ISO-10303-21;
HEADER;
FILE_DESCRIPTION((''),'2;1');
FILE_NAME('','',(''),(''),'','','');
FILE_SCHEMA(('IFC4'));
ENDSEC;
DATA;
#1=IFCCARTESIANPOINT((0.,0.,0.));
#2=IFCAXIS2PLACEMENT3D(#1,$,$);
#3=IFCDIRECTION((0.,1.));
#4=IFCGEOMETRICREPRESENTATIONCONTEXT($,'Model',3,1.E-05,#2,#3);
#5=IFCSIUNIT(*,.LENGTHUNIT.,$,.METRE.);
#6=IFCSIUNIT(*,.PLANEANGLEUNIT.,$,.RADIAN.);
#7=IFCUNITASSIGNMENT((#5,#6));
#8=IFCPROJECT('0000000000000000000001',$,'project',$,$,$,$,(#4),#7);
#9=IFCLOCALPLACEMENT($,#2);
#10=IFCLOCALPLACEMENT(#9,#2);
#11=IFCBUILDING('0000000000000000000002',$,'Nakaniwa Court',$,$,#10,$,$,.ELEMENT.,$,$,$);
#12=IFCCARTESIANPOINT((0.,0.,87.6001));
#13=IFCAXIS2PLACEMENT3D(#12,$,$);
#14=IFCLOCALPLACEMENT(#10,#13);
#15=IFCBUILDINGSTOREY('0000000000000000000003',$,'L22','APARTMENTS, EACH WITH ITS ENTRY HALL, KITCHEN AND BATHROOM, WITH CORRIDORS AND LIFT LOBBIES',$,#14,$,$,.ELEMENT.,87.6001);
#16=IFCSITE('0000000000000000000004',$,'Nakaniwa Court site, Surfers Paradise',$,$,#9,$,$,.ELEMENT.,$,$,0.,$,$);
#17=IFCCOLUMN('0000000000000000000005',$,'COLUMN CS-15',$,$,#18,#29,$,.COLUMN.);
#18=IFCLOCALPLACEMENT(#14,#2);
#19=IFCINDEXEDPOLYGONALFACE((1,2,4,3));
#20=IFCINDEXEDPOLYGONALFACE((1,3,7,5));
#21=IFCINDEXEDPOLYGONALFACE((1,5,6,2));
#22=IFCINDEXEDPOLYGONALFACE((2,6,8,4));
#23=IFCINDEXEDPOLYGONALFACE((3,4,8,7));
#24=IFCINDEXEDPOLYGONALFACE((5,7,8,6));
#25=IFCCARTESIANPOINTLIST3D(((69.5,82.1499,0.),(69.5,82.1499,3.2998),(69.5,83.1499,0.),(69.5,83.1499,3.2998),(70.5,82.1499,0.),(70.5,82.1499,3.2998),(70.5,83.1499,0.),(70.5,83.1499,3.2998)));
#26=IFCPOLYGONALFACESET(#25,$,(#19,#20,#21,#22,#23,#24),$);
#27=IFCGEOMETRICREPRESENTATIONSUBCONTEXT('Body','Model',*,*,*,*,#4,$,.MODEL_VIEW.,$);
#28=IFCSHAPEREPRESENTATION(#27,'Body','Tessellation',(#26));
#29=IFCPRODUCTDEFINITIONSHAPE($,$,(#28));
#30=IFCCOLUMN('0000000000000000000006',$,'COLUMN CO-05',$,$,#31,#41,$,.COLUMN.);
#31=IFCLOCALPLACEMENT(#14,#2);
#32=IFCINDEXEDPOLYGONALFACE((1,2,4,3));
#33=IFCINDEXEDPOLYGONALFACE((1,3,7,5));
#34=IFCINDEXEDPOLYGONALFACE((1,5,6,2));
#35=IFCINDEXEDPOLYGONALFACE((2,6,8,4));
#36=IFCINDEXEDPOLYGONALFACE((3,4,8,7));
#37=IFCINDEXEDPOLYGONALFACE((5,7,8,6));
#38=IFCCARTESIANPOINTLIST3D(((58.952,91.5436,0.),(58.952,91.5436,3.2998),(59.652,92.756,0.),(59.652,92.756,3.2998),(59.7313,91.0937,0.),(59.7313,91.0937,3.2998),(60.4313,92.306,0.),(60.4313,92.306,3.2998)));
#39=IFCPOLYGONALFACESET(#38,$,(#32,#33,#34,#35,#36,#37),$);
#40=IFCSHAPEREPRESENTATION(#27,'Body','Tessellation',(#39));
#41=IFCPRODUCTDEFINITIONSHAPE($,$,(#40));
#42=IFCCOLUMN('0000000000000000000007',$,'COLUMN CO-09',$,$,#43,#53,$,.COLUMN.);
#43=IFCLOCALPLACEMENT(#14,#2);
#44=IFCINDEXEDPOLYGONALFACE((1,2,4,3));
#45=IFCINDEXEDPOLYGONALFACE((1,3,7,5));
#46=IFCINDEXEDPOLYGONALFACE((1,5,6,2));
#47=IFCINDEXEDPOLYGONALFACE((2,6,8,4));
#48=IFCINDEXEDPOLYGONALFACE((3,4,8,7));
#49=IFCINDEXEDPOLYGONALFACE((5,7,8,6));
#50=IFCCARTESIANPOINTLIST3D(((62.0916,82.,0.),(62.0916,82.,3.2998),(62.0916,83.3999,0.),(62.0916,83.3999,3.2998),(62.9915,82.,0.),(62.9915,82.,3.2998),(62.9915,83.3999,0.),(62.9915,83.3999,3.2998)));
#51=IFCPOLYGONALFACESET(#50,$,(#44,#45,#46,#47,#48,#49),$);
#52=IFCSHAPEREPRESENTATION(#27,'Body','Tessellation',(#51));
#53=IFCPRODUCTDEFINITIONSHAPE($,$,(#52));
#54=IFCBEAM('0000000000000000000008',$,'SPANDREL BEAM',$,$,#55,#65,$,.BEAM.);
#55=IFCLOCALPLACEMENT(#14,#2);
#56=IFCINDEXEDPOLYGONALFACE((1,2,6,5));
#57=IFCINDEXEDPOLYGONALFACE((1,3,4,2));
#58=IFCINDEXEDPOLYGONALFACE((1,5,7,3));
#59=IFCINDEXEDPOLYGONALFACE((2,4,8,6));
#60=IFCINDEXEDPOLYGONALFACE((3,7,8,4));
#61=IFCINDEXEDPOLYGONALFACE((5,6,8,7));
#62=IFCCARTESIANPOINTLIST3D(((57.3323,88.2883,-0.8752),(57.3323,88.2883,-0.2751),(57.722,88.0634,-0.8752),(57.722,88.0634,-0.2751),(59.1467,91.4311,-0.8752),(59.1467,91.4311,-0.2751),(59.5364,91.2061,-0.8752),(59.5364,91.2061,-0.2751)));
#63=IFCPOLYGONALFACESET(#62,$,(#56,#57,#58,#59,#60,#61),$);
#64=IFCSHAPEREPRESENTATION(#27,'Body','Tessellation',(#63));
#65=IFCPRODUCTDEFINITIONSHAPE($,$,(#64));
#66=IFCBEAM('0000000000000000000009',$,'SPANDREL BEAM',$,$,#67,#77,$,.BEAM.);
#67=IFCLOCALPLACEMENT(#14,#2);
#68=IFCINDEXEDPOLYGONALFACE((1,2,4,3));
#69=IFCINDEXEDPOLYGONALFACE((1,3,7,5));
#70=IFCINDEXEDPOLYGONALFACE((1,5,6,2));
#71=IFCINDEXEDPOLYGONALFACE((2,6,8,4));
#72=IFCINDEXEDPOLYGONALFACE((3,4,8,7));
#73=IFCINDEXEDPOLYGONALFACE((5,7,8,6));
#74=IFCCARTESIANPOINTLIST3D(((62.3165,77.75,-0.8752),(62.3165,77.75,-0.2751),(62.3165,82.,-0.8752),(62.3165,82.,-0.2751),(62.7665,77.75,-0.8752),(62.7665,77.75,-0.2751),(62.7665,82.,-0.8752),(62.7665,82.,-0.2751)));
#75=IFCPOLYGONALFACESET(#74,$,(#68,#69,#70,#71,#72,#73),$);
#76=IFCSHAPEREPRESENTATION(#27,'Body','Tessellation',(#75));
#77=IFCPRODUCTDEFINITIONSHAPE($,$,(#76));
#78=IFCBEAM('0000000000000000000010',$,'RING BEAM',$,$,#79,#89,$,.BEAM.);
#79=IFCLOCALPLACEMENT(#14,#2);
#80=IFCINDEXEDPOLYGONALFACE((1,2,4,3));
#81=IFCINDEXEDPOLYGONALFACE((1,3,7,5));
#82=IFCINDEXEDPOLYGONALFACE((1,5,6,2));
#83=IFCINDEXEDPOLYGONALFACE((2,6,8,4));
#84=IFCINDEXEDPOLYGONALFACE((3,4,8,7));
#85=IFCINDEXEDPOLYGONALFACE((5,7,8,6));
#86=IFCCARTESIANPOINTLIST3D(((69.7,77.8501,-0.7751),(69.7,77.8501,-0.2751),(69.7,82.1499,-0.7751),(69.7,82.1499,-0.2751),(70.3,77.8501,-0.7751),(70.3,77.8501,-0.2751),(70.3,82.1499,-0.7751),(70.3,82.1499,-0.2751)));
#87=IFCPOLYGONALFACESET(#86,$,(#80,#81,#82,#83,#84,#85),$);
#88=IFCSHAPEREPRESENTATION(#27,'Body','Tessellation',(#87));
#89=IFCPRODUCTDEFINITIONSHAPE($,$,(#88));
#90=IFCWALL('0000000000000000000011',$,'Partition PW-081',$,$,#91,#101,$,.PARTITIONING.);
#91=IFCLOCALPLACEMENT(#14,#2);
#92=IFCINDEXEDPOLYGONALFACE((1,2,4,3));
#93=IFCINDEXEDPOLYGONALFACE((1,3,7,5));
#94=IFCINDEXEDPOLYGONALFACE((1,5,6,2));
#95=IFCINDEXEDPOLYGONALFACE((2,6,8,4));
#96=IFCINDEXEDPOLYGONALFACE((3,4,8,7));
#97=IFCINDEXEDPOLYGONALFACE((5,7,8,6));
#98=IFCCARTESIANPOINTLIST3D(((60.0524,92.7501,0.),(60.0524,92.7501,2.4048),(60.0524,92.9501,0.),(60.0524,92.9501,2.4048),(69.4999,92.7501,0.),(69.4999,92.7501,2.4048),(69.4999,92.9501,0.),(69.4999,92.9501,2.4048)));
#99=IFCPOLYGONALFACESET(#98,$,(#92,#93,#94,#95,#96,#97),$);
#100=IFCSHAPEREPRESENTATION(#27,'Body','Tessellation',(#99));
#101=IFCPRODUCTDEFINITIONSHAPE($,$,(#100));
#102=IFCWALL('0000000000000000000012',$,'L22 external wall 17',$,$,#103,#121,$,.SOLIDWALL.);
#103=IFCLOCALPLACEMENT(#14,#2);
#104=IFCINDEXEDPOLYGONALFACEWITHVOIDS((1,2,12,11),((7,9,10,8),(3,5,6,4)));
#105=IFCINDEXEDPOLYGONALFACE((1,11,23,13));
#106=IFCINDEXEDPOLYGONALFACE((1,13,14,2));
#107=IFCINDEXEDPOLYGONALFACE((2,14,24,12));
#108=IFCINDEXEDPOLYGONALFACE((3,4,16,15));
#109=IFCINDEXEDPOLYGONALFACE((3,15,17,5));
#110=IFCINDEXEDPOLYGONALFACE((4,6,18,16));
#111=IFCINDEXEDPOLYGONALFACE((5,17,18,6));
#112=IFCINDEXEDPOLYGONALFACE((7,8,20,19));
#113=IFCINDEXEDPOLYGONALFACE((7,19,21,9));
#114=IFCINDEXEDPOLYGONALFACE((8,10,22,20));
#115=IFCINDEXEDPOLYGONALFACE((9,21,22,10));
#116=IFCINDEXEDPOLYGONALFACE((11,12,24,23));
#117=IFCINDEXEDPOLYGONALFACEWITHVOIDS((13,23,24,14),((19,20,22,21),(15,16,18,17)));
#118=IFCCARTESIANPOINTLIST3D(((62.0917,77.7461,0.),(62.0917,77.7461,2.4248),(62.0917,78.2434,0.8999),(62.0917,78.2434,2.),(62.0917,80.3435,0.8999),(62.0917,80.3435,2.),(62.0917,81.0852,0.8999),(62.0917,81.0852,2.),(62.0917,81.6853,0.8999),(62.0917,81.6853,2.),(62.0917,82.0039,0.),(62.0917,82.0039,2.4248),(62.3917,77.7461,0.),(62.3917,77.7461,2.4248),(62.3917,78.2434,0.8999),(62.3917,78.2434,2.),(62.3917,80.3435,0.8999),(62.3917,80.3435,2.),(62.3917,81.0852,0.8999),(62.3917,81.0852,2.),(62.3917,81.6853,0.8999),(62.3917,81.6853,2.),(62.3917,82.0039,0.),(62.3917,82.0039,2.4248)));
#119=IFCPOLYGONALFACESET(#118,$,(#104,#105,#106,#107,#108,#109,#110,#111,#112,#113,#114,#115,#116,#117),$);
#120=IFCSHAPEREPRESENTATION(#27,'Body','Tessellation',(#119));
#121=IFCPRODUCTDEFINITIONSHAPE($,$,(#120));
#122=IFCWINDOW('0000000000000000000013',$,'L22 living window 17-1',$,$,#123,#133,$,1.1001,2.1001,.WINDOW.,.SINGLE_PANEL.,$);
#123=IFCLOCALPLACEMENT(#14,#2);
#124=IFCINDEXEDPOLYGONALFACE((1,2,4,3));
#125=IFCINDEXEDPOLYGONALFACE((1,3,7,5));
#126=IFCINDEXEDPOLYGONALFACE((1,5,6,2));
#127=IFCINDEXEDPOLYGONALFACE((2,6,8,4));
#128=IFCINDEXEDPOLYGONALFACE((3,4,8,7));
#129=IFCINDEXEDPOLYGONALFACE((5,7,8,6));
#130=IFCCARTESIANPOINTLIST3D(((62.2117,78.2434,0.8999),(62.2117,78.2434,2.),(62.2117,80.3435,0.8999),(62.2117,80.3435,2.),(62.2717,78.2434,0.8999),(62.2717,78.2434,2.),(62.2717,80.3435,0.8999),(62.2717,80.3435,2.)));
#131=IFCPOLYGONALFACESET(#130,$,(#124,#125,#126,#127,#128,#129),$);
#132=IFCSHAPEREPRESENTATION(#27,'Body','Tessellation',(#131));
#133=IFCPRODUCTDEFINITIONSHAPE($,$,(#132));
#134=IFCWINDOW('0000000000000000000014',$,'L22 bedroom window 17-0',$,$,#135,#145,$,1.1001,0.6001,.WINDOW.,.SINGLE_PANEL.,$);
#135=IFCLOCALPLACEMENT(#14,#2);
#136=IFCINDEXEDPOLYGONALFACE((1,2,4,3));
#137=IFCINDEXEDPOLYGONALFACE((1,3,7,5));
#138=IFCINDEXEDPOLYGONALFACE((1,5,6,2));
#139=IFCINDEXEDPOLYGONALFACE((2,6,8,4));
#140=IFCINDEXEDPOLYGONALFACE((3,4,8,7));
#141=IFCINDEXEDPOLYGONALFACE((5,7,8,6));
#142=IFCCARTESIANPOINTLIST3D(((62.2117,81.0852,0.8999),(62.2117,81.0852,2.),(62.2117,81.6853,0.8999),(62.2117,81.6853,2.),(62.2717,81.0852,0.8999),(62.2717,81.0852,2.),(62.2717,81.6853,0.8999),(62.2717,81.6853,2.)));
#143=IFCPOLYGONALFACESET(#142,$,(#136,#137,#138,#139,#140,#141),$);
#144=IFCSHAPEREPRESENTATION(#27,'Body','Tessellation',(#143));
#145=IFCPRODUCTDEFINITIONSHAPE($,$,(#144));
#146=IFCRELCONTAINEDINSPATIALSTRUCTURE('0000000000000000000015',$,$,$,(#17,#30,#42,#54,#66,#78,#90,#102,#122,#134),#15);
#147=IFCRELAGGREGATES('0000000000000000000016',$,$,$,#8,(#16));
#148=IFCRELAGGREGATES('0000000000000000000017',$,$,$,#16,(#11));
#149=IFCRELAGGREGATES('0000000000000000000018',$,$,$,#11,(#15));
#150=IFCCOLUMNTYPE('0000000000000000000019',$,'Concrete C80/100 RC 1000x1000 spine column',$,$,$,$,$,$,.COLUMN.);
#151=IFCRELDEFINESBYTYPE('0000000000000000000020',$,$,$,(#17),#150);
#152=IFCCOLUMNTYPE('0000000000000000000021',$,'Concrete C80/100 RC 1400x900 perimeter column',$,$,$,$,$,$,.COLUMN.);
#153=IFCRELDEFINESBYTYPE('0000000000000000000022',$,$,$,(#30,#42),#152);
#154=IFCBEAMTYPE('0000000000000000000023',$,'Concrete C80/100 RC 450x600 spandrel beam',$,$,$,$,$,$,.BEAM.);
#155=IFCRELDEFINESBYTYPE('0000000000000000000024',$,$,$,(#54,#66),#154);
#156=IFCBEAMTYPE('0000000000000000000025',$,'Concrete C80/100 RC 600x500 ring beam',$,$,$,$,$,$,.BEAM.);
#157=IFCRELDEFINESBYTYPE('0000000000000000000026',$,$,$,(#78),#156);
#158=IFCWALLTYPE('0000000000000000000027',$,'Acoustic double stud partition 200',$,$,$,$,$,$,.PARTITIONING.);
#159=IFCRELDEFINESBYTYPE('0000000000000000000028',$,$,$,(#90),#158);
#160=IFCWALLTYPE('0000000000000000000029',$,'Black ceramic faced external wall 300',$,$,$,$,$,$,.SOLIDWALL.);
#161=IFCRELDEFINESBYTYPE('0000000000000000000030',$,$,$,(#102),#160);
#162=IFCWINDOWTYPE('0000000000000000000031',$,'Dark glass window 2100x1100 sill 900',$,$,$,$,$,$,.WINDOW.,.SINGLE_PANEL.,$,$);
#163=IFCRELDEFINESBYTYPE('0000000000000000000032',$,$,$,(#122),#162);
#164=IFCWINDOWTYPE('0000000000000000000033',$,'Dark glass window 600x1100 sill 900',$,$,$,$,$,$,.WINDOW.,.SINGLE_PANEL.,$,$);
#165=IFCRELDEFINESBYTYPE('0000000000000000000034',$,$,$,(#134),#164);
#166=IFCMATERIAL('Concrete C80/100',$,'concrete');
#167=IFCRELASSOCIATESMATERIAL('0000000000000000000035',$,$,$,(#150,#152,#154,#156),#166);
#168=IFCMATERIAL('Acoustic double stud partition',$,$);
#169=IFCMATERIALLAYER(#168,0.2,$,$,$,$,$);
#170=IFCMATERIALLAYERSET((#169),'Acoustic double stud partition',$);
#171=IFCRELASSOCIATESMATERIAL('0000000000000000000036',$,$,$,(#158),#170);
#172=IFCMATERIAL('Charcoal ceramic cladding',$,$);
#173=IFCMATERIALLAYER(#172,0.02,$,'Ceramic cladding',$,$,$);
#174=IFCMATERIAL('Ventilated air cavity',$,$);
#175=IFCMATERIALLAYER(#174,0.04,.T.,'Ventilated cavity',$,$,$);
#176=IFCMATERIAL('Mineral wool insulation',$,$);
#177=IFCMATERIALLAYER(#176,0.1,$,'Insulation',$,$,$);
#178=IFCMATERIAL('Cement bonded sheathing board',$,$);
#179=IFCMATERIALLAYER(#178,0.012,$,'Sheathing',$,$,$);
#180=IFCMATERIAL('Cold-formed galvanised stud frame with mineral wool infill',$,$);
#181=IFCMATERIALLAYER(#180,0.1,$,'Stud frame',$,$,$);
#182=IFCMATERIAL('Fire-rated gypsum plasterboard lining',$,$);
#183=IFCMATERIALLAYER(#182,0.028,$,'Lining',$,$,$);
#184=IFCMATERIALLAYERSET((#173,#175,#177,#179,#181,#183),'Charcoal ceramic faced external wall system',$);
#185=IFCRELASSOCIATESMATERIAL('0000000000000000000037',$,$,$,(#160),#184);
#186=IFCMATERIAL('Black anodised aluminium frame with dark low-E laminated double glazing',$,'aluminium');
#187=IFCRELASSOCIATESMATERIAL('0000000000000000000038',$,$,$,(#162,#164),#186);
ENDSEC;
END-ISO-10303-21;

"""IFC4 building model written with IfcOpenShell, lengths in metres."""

from ifc_helpers import new_model, si_unit, direction, frame, frame_2d, origin, origin_2d, place, context, subcontext, project, spatial, rectangle, extrude, material, layer, layer_set, material_profile, profile_set, type_object, element, fill, save


model = new_model("IFC4")

# Units and contexts
model_context = context("Model", 3, precision=1e-05, world=origin(), true_north=direction((0.0, 1.0)))
body_context = subcontext(model_context, "Body", "Model", "MODEL_VIEW")
ifc_project = project(units=[si_unit("LENGTHUNIT", "METRE"), si_unit("PLANEANGLEUNIT", "RADIAN")], contexts=[model_context])

# Site, building, storey
site_placement = place(None, origin())
site = spatial("IfcSite", under=ifc_project, at=site_placement, Name="Nakaniwa Court site, Surfers Paradise", CompositionType="ELEMENT", RefElevation=0.0)
building_placement = place(site_placement, origin())
building = spatial("IfcBuilding", under=site, at=building_placement, Name="Nakaniwa Court", CompositionType="ELEMENT")
storey_placement = place(building_placement, frame((0.0, 0.0, 87.6001)))
storey = spatial("IfcBuildingStorey", under=building, at=storey_placement, Name="L22", Description="APARTMENTS, EACH WITH ITS ENTRY HALL, KITCHEN AND BATHROOM, WITH CORRIDORS AND LIFT LOBBIES", CompositionType="ELEMENT", Elevation=87.6001)

# Columns
ifc_material_1 = material(Name="Concrete C80/100", Category="concrete")
ifc_material_profile_1 = material_profile(ifc_material_1, rectangle(XDim=1.0, YDim=1.0, at=origin_2d()), Name="Concrete C80/100 RC 1000x1000 spine column")
ifc_profile_set_1 = profile_set([ifc_material_profile_1], Name="Concrete C80/100")
column_type_1 = type_object("IfcColumnType", Name="Concrete C80/100 RC 1000x1000 spine column", PredefinedType="COLUMN", material=ifc_profile_set_1)
column_placement = place(storey_placement, frame((70.0, 82.6499, 0.0), z_axis=(0.0, 0.0, 1.0), x_axis=(0.0, -1.0, 0.0)))
element("IfcColumn", 1, at=column_placement, inside=storey, type_object=column_type_1, Name="COLUMN CS-15", PredefinedType="COLUMN", context=body_context, shape_type="SweptSolid", body=[
    extrude(rectangle(XDim=1.0, YDim=1.0, at=origin_2d()), origin(), (0.0, 0.0, 1.0), 3.2998),
])
ifc_material_profile_2 = material_profile(ifc_material_1, rectangle(XDim=1.3999, YDim=0.8999, at=origin_2d()), Name="Concrete C80/100 RC 1400x900 perimeter column")
ifc_profile_set_2 = profile_set([ifc_material_profile_2], Name="Concrete C80/100")
column_type_2 = type_object("IfcColumnType", Name="Concrete C80/100 RC 1400x900 perimeter column", PredefinedType="COLUMN", material=ifc_profile_set_2)
for number, where, z_axis, x_axis, name in (
    (2, (59.6917, 91.9248, 0.0), (0.0, 0.0, 1.0), (-0.5, -0.866025, 0.0), "COLUMN CO-05"),
    (3, (62.5415, 82.7, 0.0), (0.0, 0.0, 1.0), (0.0, -1.0, 0.0), "COLUMN CO-09"),
):
    element("IfcColumn", number, at=place(storey_placement, frame(where, z_axis=z_axis, x_axis=x_axis)), inside=storey, type_object=column_type_2, Name=name, PredefinedType="COLUMN", context=body_context, shape_type="SweptSolid", body=[
        extrude(rectangle(XDim=1.3999, YDim=0.8999, at=origin_2d()), origin(), (0.0, 0.0, 1.0), 3.2998),
    ])

# Beams
ifc_material_profile_3 = material_profile(ifc_material_1, rectangle(XDim=0.45, YDim=0.6001, at=origin_2d()), Name="Concrete C80/100 RC 450x600 spandrel beam")
ifc_profile_set_3 = profile_set([ifc_material_profile_3], Name="Concrete C80/100")
beam_type_1 = type_object("IfcBeamType", Name="Concrete C80/100 RC 450x600 spandrel beam", PredefinedType="BEAM", material=ifc_profile_set_3)
beam_1_placement = place(storey_placement, frame((59.3416, 91.3186, -0.5752), z_axis=(-0.499988, -0.866032, 0.0), x_axis=(0.866032, -0.499988, 0.0)))
element("IfcBeam", 4, at=beam_1_placement, inside=storey, type_object=beam_type_1, Name="SPANDREL BEAM", PredefinedType="BEAM", context=body_context, shape_type="SweptSolid", body=[
    extrude(rectangle(XDim=0.45, YDim=0.6001, at=origin_2d()), origin(), (0.0, 0.0, 1.0), 3.6289),
])
beam_2_placement = place(storey_placement, frame((62.5415, 82.0, -0.5752), z_axis=(0.0, -1.0, 0.0), x_axis=(1.0, 0.0, 0.0)))
element("IfcBeam", 5, at=beam_2_placement, inside=storey, type_object=beam_type_1, Name="SPANDREL BEAM", PredefinedType="BEAM", context=body_context, shape_type="SweptSolid", body=[
    extrude(rectangle(XDim=0.45, YDim=0.6001, at=origin_2d()), origin(), (0.0, 0.0, 1.0), 4.25),
])
ifc_material_profile_4 = material_profile(ifc_material_1, rectangle(XDim=0.6001, YDim=0.5, at=origin_2d()), Name="Concrete C80/100 RC 600x500 ring beam")
ifc_profile_set_4 = profile_set([ifc_material_profile_4], Name="Concrete C80/100")
beam_type_2 = type_object("IfcBeamType", Name="Concrete C80/100 RC 600x500 ring beam", PredefinedType="BEAM", material=ifc_profile_set_4)
beam_3_placement = place(storey_placement, frame((70.0, 82.1499, -0.5251), z_axis=(0.0, -1.0, 0.0), x_axis=(1.0, 0.0, 0.0)))
element("IfcBeam", 6, at=beam_3_placement, inside=storey, type_object=beam_type_2, Name="RING BEAM", PredefinedType="BEAM", context=body_context, shape_type="SweptSolid", body=[
    extrude(rectangle(XDim=0.6001, YDim=0.5, at=origin_2d()), origin(), (0.0, 0.0, 1.0), 4.2998),
])

# Wall
ifc_material_2 = material(Name="Acoustic double stud partition")
ifc_layer_1 = layer(ifc_material_2, 0.2)
ifc_layer_set_1 = layer_set([ifc_layer_1], Name="Acoustic double stud partition")
wall_type_1 = type_object("IfcWallType", Name="Acoustic double stud partition 200", PredefinedType="PARTITIONING", material=ifc_layer_set_1)
wall_1_placement = place(storey_placement, frame((60.0525, 92.8501, 0.0), z_axis=(0.0, 0.0, 1.0), x_axis=(1.0, 0.0, 0.0)))
element("IfcWall", 7, at=wall_1_placement, inside=storey, type_object=wall_type_1, Name="Partition PW-081", PredefinedType="PARTITIONING", context=body_context, shape_type="SweptSolid", body=[
    extrude(rectangle(XDim=9.4475, YDim=0.2, at=frame_2d((4.7236, 0.0))), origin(), (0.0, 0.0, 1.0), 2.4048),
])

# Wall, openings, windows
ifc_material_3 = material(Name="Charcoal ceramic cladding")
ifc_layer_2 = layer(ifc_material_3, 0.02, Name="Ceramic cladding")
ifc_material_4 = material(Name="Ventilated air cavity")
ifc_layer_3 = layer(ifc_material_4, 0.04, ventilated=True, Name="Ventilated cavity")
ifc_material_5 = material(Name="Mineral wool insulation")
ifc_layer_4 = layer(ifc_material_5, 0.1, Name="Insulation")
ifc_material_6 = material(Name="Cement bonded sheathing board")
ifc_layer_5 = layer(ifc_material_6, 0.012, Name="Sheathing")
ifc_material_7 = material(Name="Cold-formed galvanised stud frame with mineral wool infill")
ifc_layer_6 = layer(ifc_material_7, 0.1, Name="Stud frame")
ifc_material_8 = material(Name="Fire-rated gypsum plasterboard lining")
ifc_layer_7 = layer(ifc_material_8, 0.028, Name="Lining")
ifc_layer_set_2 = layer_set([ifc_layer_2, ifc_layer_3, ifc_layer_4, ifc_layer_5, ifc_layer_6, ifc_layer_7], Name="Charcoal ceramic faced external wall system")
wall_type_2 = type_object("IfcWallType", Name="Black ceramic faced external wall 300", PredefinedType="SOLIDWALL", material=ifc_layer_set_2)
wall_2_placement = place(storey_placement, frame((62.2417, 82.0039, 0.0), z_axis=(0.0, 0.0, 1.0), x_axis=(0.0, -1.0, 0.0)))
wall_2 = element("IfcWall", 8, at=wall_2_placement, inside=storey, type_object=wall_type_2, Name="L22 external wall 17", PredefinedType="SOLIDWALL", context=body_context, shape_type="SweptSolid", body=[
    extrude(rectangle(XDim=4.2578, YDim=0.3, at=frame_2d((2.1289, 0.0))), origin(), (0.0, 0.0, 1.0), 2.4248),
])
opening_1_placement = place(wall_2_placement, frame((0.3186, 0.0, 0.8999)))
opening_1 = element("IfcOpeningElement", 9, at=opening_1_placement, cuts=wall_2, PredefinedType="OPENING", context=body_context, shape_type="SweptSolid", body=[
    extrude(rectangle(XDim=0.6001, YDim=1.1001, at=frame_2d((0.3, 0.55))), frame((0.0, 0.1599, 0.0), z_axis=(0.0, -1.0, 0.0), x_axis=(1.0, 0.0, 0.0)), (0.0, 0.0, 1.0), 0.3201),
])
opening_2_placement = place(wall_2_placement, frame((1.6604, 0.0, 0.8999)))
opening_2 = element("IfcOpeningElement", 10, at=opening_2_placement, cuts=wall_2, PredefinedType="OPENING", context=body_context, shape_type="SweptSolid", body=[
    extrude(rectangle(XDim=2.1001, YDim=1.1001, at=frame_2d((1.05, 0.55))), frame((0.0, 0.1599, 0.0), z_axis=(0.0, -1.0, 0.0), x_axis=(1.0, 0.0, 0.0)), (0.0, 0.0, 1.0), 0.3201),
])
ifc_material_9 = material(Name="Black anodised aluminium frame with dark low-E laminated double glazing", Category="aluminium")
window_type_1 = type_object("IfcWindowType", Name="Dark glass window 2100x1100 sill 900", PartitioningType="SINGLE_PANEL", PredefinedType="WINDOW", material=ifc_material_9)
window_1_placement = place(opening_2_placement, origin())
window_1 = element("IfcWindow", 11, at=window_1_placement, inside=storey, type_object=window_type_1, Name="L22 living window 17-1", OverallHeight=1.1001, OverallWidth=2.1001, PartitioningType="SINGLE_PANEL", PredefinedType="WINDOW", context=body_context, shape_type="SweptSolid", body=[
    extrude(rectangle(XDim=2.1001, YDim=1.1001, at=frame_2d((1.05, 0.55))), frame((0.0, 0.03, 0.0), z_axis=(0.0, -1.0, 0.0), x_axis=(1.0, 0.0, 0.0)), (0.0, 0.0, 1.0), 0.0601),
])
fill(opening_2, window_1)
window_type_2 = type_object("IfcWindowType", Name="Dark glass window 600x1100 sill 900", PartitioningType="SINGLE_PANEL", PredefinedType="WINDOW", material=ifc_material_9)
window_2_placement = place(opening_1_placement, origin())
window_2 = element("IfcWindow", 12, at=window_2_placement, inside=storey, type_object=window_type_2, Name="L22 bedroom window 17-0", OverallHeight=1.1001, OverallWidth=0.6001, PartitioningType="SINGLE_PANEL", PredefinedType="WINDOW", context=body_context, shape_type="SweptSolid", body=[
    extrude(rectangle(XDim=0.6001, YDim=1.1001, at=frame_2d((0.3, 0.55))), frame((0.0, 0.03, 0.0), z_axis=(0.0, -1.0, 0.0), x_axis=(1.0, 0.0, 0.0)), (0.0, 0.0, 1.0), 0.0601),
])
fill(opening_1, window_2)

save(model, "model.ifc")
